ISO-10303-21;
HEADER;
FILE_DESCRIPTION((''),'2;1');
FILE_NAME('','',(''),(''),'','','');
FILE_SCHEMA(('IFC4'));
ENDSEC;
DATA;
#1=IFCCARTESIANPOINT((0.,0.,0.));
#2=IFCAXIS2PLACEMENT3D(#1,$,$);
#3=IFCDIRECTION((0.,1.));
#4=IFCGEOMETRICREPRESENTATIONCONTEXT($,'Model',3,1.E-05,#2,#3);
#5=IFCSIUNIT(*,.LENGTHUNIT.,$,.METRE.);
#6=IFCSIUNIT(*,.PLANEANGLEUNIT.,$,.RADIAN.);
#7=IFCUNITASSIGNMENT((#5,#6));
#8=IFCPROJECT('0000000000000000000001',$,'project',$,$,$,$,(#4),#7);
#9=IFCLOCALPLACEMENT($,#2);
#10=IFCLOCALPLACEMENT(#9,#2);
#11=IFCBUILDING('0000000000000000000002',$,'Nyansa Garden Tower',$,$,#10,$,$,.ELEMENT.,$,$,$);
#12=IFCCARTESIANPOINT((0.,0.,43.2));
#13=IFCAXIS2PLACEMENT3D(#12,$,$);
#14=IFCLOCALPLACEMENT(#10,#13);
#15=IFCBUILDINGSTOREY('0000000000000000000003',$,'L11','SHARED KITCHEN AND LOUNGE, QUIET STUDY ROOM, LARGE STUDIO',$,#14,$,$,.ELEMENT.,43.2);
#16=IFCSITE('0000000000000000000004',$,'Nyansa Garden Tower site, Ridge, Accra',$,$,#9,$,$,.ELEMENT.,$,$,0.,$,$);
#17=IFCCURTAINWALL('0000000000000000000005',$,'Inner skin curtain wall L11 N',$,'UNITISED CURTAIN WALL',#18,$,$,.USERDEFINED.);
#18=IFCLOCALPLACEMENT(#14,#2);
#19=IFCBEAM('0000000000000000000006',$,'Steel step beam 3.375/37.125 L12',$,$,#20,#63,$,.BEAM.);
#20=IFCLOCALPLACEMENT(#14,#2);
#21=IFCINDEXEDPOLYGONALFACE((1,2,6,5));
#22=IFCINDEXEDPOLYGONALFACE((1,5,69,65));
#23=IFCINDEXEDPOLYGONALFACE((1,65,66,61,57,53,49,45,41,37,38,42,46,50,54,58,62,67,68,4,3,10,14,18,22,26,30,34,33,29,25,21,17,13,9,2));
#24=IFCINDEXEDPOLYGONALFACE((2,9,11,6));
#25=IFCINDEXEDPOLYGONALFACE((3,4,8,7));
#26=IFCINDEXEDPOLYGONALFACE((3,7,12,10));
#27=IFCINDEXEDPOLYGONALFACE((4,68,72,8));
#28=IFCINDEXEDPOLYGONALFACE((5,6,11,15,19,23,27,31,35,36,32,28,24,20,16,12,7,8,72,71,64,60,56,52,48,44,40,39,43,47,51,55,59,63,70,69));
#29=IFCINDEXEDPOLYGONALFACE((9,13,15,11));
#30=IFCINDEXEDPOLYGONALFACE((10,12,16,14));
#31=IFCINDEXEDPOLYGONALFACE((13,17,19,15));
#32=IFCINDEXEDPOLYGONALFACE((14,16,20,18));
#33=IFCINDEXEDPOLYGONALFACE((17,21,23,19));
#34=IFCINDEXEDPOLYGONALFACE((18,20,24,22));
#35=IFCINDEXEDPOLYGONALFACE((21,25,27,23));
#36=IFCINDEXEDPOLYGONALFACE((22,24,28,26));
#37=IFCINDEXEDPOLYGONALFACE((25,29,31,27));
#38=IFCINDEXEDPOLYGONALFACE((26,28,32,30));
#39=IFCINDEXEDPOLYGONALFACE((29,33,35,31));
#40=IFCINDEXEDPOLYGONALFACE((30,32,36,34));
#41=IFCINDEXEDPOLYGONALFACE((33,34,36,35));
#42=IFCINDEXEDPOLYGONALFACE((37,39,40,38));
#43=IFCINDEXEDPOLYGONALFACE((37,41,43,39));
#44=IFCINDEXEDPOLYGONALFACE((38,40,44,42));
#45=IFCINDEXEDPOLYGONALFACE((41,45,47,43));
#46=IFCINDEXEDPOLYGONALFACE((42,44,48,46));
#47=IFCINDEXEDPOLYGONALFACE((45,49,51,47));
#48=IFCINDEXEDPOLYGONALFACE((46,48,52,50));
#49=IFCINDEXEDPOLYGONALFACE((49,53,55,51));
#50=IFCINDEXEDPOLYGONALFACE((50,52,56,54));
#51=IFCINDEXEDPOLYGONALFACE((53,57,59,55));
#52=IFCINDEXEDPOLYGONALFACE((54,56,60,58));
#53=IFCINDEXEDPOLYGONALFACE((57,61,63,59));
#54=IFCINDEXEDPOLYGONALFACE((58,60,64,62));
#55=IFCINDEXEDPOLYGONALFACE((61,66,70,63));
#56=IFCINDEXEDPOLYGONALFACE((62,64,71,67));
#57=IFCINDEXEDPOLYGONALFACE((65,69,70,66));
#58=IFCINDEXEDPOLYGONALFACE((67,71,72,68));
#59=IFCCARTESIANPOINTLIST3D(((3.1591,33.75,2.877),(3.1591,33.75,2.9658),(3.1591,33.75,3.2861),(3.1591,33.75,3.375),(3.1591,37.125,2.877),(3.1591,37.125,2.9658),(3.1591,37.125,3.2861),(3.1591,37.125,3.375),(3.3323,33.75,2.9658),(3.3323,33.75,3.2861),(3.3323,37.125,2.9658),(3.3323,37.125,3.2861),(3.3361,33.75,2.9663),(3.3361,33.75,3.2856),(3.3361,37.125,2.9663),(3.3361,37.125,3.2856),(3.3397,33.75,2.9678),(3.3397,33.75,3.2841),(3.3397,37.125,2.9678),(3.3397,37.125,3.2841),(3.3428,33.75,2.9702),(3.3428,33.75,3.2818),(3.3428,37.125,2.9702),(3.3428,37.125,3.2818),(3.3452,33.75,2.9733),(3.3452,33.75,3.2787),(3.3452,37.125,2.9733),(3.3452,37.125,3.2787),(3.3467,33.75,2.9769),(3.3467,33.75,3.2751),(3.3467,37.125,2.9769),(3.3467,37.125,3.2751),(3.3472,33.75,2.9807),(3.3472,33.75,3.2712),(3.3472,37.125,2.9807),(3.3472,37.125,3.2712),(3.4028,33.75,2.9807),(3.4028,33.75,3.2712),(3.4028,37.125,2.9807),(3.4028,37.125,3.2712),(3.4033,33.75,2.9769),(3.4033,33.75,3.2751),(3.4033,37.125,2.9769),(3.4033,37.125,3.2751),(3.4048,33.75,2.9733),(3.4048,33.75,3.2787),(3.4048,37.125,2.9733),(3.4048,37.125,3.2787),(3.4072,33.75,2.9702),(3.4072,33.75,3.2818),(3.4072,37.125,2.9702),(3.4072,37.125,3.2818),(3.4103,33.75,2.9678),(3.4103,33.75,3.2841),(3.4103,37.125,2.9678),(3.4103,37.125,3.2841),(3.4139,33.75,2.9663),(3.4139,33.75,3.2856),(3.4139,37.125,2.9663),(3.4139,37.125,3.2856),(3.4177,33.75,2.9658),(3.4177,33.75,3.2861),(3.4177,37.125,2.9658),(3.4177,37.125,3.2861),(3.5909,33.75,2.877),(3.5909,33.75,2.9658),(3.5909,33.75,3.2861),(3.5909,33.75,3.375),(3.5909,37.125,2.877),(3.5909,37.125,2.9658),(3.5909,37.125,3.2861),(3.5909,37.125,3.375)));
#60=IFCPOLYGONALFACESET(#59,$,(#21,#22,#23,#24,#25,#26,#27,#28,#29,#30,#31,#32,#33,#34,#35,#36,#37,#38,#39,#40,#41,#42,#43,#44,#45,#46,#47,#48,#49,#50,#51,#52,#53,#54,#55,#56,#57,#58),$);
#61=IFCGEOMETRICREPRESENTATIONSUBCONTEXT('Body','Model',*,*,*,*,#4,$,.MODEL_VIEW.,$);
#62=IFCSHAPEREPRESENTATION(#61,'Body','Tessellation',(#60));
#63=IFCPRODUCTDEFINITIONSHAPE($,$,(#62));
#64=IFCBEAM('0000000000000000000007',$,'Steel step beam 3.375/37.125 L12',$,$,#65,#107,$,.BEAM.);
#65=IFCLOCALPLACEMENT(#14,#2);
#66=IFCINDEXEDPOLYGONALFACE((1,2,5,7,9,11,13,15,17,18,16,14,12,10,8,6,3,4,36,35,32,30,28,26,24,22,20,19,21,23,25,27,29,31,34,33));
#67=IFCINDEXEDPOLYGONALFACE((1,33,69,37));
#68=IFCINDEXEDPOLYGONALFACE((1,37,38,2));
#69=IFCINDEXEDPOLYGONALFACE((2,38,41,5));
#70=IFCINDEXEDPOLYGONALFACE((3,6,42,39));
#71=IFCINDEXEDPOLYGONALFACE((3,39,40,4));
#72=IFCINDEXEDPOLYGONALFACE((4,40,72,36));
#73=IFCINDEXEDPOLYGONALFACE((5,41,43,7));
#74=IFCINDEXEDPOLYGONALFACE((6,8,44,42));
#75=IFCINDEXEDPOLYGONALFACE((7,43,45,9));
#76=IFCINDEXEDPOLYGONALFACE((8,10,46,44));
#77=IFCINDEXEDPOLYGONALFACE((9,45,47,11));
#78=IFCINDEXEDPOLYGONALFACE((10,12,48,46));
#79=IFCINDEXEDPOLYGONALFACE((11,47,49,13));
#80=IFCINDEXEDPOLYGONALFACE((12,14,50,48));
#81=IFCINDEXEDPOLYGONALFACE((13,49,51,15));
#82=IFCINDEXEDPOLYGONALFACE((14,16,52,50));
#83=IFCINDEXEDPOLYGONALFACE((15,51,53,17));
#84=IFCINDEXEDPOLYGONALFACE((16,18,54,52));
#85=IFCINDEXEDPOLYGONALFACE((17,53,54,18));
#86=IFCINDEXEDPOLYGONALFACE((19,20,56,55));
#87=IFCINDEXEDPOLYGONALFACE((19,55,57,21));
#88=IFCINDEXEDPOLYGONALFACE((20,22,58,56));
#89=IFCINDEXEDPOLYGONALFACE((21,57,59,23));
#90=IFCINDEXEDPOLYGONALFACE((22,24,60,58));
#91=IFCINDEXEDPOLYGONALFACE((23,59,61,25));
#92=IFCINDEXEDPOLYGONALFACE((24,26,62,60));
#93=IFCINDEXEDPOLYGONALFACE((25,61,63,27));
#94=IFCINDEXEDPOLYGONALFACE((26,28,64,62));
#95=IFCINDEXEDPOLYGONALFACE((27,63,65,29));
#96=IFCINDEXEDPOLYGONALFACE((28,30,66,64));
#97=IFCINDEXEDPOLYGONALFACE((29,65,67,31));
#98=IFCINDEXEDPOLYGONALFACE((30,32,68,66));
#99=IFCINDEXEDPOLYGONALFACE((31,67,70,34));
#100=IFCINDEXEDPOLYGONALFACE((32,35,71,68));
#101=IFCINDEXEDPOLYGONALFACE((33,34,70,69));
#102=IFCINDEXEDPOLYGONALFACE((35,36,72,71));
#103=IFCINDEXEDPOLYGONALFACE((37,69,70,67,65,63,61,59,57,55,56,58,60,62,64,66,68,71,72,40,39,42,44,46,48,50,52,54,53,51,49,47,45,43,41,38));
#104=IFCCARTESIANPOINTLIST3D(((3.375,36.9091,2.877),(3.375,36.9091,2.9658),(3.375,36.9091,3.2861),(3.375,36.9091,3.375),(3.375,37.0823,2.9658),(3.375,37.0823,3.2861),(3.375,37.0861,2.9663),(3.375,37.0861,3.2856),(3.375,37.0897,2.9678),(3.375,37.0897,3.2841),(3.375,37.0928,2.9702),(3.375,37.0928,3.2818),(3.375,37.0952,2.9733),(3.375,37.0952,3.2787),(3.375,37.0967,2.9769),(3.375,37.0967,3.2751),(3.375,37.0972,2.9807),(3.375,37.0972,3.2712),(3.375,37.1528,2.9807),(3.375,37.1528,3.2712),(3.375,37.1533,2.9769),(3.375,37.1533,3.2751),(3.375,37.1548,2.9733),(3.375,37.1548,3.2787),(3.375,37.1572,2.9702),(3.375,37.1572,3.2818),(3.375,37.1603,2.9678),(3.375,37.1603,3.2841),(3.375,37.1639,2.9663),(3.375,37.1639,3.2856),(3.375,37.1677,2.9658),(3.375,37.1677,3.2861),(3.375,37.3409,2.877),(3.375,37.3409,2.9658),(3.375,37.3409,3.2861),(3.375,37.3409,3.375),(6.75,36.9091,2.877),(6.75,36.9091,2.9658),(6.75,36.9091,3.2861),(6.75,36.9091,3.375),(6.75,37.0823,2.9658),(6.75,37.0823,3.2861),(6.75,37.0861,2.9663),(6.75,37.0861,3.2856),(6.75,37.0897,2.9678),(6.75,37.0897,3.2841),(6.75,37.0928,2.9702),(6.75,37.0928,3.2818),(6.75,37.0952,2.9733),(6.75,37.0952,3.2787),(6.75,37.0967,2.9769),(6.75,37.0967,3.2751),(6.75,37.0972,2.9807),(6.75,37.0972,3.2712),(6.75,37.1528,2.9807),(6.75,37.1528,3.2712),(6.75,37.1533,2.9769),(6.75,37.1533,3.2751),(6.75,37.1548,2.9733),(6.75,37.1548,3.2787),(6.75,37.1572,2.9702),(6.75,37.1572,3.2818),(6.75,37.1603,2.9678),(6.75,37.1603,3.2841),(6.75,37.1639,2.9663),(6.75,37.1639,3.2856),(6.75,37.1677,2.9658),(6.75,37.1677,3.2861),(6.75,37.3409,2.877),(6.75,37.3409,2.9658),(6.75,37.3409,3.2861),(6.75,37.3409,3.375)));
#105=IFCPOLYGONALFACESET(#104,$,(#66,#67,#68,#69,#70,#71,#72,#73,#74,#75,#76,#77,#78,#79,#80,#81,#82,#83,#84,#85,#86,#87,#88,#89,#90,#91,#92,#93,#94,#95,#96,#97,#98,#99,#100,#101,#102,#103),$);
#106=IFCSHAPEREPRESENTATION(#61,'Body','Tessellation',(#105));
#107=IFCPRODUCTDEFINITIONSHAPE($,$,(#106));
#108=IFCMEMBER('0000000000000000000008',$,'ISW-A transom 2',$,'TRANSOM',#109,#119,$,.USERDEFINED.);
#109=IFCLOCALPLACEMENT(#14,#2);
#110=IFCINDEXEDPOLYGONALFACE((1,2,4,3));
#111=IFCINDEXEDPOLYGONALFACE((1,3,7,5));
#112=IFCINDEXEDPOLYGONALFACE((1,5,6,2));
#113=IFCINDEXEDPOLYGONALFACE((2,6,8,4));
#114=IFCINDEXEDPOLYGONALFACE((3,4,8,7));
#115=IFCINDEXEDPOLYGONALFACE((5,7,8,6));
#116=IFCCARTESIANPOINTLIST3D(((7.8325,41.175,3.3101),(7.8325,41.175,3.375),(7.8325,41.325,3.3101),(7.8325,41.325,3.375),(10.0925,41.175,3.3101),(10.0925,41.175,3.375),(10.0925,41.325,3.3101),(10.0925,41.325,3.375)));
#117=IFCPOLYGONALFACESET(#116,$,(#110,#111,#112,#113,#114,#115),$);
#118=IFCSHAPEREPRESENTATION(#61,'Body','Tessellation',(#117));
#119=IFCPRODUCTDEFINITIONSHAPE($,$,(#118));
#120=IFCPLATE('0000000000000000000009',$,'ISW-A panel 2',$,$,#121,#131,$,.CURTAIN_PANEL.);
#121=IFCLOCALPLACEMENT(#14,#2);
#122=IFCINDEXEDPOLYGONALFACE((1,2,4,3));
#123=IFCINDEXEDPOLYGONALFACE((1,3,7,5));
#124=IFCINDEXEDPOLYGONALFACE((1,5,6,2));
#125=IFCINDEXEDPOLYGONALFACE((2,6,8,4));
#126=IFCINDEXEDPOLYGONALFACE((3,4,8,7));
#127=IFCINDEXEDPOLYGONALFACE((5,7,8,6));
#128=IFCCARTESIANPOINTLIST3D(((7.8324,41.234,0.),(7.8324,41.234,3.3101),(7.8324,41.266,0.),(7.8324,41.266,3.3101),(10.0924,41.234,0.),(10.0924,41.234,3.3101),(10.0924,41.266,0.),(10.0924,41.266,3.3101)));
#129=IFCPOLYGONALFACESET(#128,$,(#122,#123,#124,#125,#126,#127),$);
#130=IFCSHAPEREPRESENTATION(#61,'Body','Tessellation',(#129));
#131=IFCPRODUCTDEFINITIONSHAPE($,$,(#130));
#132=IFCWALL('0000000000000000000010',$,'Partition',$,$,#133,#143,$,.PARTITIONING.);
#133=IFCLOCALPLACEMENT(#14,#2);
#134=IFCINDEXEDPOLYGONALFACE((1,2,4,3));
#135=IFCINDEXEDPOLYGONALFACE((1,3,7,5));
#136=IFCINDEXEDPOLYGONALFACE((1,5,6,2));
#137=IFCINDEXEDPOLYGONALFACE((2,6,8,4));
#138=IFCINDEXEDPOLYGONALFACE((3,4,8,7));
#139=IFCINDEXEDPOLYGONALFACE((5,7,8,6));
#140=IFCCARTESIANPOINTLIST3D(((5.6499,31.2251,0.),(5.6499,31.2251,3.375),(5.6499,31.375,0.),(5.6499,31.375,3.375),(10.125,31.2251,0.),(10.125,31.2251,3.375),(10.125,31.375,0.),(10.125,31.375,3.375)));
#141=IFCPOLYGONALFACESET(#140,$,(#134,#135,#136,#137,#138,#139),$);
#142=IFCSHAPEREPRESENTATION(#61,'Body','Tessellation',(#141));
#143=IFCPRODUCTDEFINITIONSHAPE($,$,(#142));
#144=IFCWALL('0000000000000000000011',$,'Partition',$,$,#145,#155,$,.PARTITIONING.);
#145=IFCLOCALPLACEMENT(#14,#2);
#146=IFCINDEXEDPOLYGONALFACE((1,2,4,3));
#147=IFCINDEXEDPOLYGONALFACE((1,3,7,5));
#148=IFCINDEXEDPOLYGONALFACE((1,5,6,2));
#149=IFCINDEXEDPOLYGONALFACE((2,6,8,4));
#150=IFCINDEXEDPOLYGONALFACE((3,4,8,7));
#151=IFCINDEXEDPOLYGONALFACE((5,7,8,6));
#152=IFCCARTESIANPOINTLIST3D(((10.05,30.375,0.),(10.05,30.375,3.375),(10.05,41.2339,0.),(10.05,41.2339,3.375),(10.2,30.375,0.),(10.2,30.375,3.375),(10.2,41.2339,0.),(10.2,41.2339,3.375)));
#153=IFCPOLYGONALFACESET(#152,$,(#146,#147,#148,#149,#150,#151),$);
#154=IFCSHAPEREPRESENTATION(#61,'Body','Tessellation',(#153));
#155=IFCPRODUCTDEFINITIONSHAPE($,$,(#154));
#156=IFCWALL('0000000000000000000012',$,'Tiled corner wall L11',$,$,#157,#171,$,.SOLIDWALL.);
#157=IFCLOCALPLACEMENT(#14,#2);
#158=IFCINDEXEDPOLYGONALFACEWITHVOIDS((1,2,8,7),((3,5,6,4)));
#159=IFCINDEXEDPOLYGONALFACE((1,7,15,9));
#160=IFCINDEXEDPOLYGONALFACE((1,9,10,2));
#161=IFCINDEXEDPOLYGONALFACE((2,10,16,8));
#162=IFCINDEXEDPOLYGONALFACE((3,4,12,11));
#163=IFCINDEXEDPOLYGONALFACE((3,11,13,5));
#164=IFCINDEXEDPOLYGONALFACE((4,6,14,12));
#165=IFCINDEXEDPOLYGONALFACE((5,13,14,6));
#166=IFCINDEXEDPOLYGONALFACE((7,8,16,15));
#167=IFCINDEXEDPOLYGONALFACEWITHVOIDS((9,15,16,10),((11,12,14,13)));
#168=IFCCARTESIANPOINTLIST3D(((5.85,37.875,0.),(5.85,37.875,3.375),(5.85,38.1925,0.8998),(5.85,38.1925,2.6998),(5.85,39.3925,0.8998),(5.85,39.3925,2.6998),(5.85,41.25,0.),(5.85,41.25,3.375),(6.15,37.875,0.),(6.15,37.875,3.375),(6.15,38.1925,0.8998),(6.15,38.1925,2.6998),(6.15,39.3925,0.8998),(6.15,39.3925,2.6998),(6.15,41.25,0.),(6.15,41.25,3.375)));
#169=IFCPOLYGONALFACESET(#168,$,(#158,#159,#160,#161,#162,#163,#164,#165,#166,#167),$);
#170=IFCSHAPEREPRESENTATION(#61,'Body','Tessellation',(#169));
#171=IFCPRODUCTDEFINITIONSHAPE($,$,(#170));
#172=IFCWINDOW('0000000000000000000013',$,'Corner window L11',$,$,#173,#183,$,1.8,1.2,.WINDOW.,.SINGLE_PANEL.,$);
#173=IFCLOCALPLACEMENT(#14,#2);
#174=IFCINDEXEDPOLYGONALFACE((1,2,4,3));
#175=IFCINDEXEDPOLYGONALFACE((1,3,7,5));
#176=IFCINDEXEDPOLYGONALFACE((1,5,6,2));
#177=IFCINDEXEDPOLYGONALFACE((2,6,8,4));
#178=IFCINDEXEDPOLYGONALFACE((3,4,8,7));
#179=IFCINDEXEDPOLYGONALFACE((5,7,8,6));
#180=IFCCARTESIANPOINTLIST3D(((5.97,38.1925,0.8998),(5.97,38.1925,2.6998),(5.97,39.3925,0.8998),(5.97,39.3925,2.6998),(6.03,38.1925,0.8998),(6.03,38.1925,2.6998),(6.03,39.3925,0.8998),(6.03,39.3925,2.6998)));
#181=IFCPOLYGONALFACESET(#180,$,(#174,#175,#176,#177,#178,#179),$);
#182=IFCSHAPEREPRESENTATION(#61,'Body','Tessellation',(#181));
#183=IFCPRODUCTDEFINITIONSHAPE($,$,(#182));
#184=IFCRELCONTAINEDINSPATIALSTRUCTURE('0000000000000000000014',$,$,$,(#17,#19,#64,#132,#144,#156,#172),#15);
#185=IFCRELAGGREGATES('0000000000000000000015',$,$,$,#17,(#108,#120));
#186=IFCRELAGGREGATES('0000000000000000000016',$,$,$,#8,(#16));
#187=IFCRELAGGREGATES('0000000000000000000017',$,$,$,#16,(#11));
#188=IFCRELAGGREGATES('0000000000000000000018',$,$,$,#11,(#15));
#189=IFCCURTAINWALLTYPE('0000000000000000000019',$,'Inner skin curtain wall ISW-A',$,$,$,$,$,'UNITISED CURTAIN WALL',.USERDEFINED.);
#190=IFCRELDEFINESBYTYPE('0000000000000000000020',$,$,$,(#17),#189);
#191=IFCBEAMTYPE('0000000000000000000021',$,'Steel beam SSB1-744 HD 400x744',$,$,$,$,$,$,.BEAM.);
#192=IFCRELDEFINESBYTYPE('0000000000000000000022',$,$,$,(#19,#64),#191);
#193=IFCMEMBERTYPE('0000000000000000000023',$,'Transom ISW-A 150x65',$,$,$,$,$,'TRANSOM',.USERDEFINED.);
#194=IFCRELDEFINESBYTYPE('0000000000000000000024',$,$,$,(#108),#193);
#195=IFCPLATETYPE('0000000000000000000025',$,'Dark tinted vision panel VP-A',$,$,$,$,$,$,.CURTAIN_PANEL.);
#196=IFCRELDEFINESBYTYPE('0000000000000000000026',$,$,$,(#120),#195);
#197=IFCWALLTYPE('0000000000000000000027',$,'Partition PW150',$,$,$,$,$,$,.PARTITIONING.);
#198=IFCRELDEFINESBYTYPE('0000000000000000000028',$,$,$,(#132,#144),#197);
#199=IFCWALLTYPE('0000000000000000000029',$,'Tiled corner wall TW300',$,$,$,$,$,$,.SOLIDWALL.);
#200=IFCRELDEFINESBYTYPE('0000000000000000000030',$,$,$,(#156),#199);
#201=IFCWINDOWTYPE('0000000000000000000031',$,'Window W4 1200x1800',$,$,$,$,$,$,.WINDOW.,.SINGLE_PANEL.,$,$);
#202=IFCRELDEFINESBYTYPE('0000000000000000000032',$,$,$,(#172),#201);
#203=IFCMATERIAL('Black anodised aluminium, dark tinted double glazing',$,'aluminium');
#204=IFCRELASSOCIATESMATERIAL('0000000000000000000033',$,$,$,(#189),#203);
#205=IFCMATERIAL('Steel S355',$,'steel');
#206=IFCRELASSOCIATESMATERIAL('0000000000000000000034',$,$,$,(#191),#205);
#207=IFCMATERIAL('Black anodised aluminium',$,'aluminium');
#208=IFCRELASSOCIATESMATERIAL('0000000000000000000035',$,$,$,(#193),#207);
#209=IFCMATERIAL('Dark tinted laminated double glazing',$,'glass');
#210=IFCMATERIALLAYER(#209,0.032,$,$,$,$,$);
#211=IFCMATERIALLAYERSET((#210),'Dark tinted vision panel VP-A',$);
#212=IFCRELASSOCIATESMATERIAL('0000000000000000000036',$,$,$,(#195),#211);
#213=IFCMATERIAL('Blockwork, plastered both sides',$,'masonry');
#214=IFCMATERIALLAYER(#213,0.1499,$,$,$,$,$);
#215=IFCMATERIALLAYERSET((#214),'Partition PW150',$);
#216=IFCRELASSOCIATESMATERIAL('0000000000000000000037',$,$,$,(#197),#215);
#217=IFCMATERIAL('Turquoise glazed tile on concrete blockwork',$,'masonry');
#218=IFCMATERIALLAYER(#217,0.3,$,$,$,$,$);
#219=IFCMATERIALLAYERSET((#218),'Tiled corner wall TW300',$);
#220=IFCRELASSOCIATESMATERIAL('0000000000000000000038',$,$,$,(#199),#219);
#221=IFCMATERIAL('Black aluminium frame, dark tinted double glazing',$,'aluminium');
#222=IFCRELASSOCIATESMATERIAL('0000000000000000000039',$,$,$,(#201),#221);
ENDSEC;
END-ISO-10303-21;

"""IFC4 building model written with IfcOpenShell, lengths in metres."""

from ifc_helpers import new_model, si_unit, direction, frame, frame_2d, origin, origin_2d, place, context, subcontext, project, spatial, rectangle, i_section, extrude, material, layer, layer_set, material_profile, profile_set, type_object, element, fill, aggregate, save


model = new_model("IFC4")

# Units and contexts
model_context = context("Model", 3, precision=1e-05, world=origin(), true_north=direction((0.0, 1.0)))
body_context = subcontext(model_context, "Body", "Model", "MODEL_VIEW")
ifc_project = project(units=[si_unit("LENGTHUNIT", "METRE"), si_unit("PLANEANGLEUNIT", "RADIAN")], contexts=[model_context])

# Site, building, storey
site_placement = place(None, origin())
site = spatial("IfcSite", under=ifc_project, at=site_placement, Name="Nyansa Garden Tower site, Ridge, Accra", CompositionType="ELEMENT", RefElevation=0.0)
building_placement = place(site_placement, origin())
building = spatial("IfcBuilding", under=site, at=building_placement, Name="Nyansa Garden Tower", CompositionType="ELEMENT")
storey_placement = place(building_placement, frame((0.0, 0.0, 43.2)))
storey = spatial("IfcBuildingStorey", under=building, at=storey_placement, Name="L11", Description="SHARED KITCHEN AND LOUNGE, QUIET STUDY ROOM, LARGE STUDIO", CompositionType="ELEMENT", Elevation=43.2)

# Curtain wall
ifc_material_1 = material(Name="Black anodised aluminium, dark tinted double glazing", Category="aluminium")
curtain_wall_type = type_object("IfcCurtainWallType", Name="Inner skin curtain wall ISW-A", ElementType="UNITISED CURTAIN WALL", PredefinedType="USERDEFINED", material=ifc_material_1)
curtain_wall_placement = place(storey_placement, origin())
curtain_wall = element("IfcCurtainWall", 1, at=curtain_wall_placement, inside=storey, type_object=curtain_wall_type, Name="Inner skin curtain wall L11 N", ObjectType="UNITISED CURTAIN WALL", PredefinedType="USERDEFINED")

# Beams
ifc_material_2 = material(Name="Steel S355", Category="steel")
ifc_material_profile_1 = material_profile(ifc_material_2, i_section(OverallWidth=0.4319, OverallDepth=0.498, WebThickness=0.0557, FlangeThickness=0.0889, FilletRadius=0.0149, at=origin_2d()), Name="HD 400x744")
ifc_profile_set_1 = profile_set([ifc_material_profile_1], Name="Steel S355")
beam_type_1 = type_object("IfcBeamType", Name="Steel beam SSB1-744 HD 400x744", PredefinedType="BEAM", material=ifc_profile_set_1)
for number, where, z_axis, x_axis, name in (
    (2, (3.375, 37.125, 3.126), (0.0, -1.0, 0.0), (1.0, 0.0, 0.0), "Steel step beam 3.375/37.125 L12"),
    (3, (3.375, 37.125, 3.126), (1.0, 0.0, 0.0), (0.0, 1.0, 0.0), "Steel step beam 3.375/37.125 L12"),
):
    element("IfcBeam", number, at=place(storey_placement, frame(where, z_axis=z_axis, x_axis=x_axis)), inside=storey, type_object=beam_type_1, Name=name, PredefinedType="BEAM", context=body_context, shape_type="SweptSolid", body=[
        extrude(i_section(OverallWidth=0.4319, OverallDepth=0.498, WebThickness=0.0557, FlangeThickness=0.0889, FilletRadius=0.0149, at=origin_2d()), origin(), (0.0, 0.0, 1.0), 3.375),
    ])

# Member
ifc_material_3 = material(Name="Black anodised aluminium", Category="aluminium")
ifc_material_profile_2 = material_profile(ifc_material_3, rectangle(XDim=0.1499, YDim=0.0649, at=origin_2d()), Name="Transom 150x65")
ifc_profile_set_2 = profile_set([ifc_material_profile_2], Name="Black anodised aluminium")
member_type_1 = type_object("IfcMemberType", Name="Transom ISW-A 150x65", ElementType="TRANSOM", PredefinedType="USERDEFINED", material=ifc_profile_set_2)
member_1_placement = place(storey_placement, frame((10.0925, 41.25, 3.3425), z_axis=(-1.0, 0.0, 0.0), x_axis=(0.0, -1.0, 0.0)))
member_1 = element("IfcMember", 4, at=member_1_placement, type_object=member_type_1, Name="ISW-A transom 2", ObjectType="TRANSOM", PredefinedType="USERDEFINED", context=body_context, shape_type="SweptSolid", body=[
    extrude(rectangle(XDim=0.1499, YDim=0.0649, at=origin_2d()), origin(), (0.0, 0.0, 1.0), 2.26),
])

# Plate
ifc_material_4 = material(Name="Dark tinted laminated double glazing", Category="glass")
ifc_layer_1 = layer(ifc_material_4, 0.032)
ifc_layer_set_1 = layer_set([ifc_layer_1], Name="Dark tinted vision panel VP-A")
plate_type = type_object("IfcPlateType", Name="Dark tinted vision panel VP-A", PredefinedType="CURTAIN_PANEL", material=ifc_layer_set_1)
plate_placement = place(storey_placement, frame((8.9624, 41.25, 0.0), z_axis=(0.0, 0.0, 1.0), x_axis=(-1.0, 0.0, 0.0)))
plate = element("IfcPlate", 5, at=plate_placement, type_object=plate_type, Name="ISW-A panel 2", PredefinedType="CURTAIN_PANEL", context=body_context, shape_type="SweptSolid", body=[
    extrude(rectangle(XDim=2.26, YDim=0.032, at=origin_2d()), origin(), (0.0, 0.0, 1.0), 3.3101),
])
aggregate(curtain_wall, [member_1, plate])

# Walls
ifc_material_5 = material(Name="Blockwork, plastered both sides", Category="masonry")
ifc_layer_2 = layer(ifc_material_5, 0.1499)
ifc_layer_set_2 = layer_set([ifc_layer_2], Name="Partition PW150")
wall_type_1 = type_object("IfcWallType", Name="Partition PW150", PredefinedType="PARTITIONING", material=ifc_layer_set_2)
wall_1_placement = place(storey_placement, frame((5.6499, 31.3, 0.0), z_axis=(0.0, 0.0, 1.0), x_axis=(1.0, 0.0, 0.0)))
element("IfcWall", 6, at=wall_1_placement, inside=storey, type_object=wall_type_1, Name="Partition", PredefinedType="PARTITIONING", context=body_context, shape_type="SweptSolid", body=[
    extrude(rectangle(XDim=4.4751, YDim=0.1499, at=frame_2d((2.2375, 0.0))), origin(), (0.0, 0.0, 1.0), 3.375),
])
wall_2_placement = place(storey_placement, frame((10.125, 30.375, 0.0), z_axis=(0.0, 0.0, 1.0), x_axis=(0.0, 1.0, 0.0)))
element("IfcWall", 7, at=wall_2_placement, inside=storey, type_object=wall_type_1, Name="Partition", PredefinedType="PARTITIONING", context=body_context, shape_type="SweptSolid", body=[
    extrude(rectangle(XDim=10.8589, YDim=0.1499, at=frame_2d((5.4294, 0.0))), origin(), (0.0, 0.0, 1.0), 3.375),
])

# Wall, opening, window
ifc_material_6 = material(Name="Turquoise glazed tile on concrete blockwork", Category="masonry")
ifc_layer_3 = layer(ifc_material_6, 0.3)
ifc_layer_set_3 = layer_set([ifc_layer_3], Name="Tiled corner wall TW300")
wall_type_2 = type_object("IfcWallType", Name="Tiled corner wall TW300", PredefinedType="SOLIDWALL", material=ifc_layer_set_3)
wall_3_placement = place(storey_placement, frame((6.0, 41.25, 0.0), z_axis=(0.0, 0.0, 1.0), x_axis=(0.0, -1.0, 0.0)))
wall_3 = element("IfcWall", 8, at=wall_3_placement, inside=storey, type_object=wall_type_2, Name="Tiled corner wall L11", PredefinedType="SOLIDWALL", context=body_context, shape_type="SweptSolid", body=[
    extrude(rectangle(XDim=3.375, YDim=0.3, at=frame_2d((1.6875, 0.0))), origin(), (0.0, 0.0, 1.0), 3.375),
])
opening_1_placement = place(wall_3_placement, frame((1.8574, 0.0, 0.8999)))
opening_1 = element("IfcOpeningElement", 9, at=opening_1_placement, cuts=wall_3, PredefinedType="OPENING", context=body_context, shape_type="SweptSolid", body=[
    extrude(rectangle(XDim=1.2, YDim=1.8, at=frame_2d((0.6001, 0.8999))), frame((0.0, 0.1599, 0.0), z_axis=(0.0, -1.0, 0.0), x_axis=(1.0, 0.0, 0.0)), (0.0, 0.0, 1.0), 0.3201),
])
ifc_material_7 = material(Name="Black aluminium frame, dark tinted double glazing", Category="aluminium")
window_type_1 = type_object("IfcWindowType", Name="Window W4 1200x1800", PartitioningType="SINGLE_PANEL", PredefinedType="WINDOW", material=ifc_material_7)
window_1_placement = place(opening_1_placement, origin())
window_1 = element("IfcWindow", 10, at=window_1_placement, inside=storey, type_object=window_type_1, Name="Corner window L11", OverallHeight=1.8, OverallWidth=1.2, PartitioningType="SINGLE_PANEL", PredefinedType="WINDOW", context=body_context, shape_type="SweptSolid", body=[
    extrude(rectangle(XDim=1.2, YDim=1.8, at=frame_2d((0.6001, 0.8999))), frame((0.0, 0.03, 0.0), z_axis=(0.0, -1.0, 0.0), x_axis=(1.0, 0.0, 0.0)), (0.0, 0.0, 1.0), 0.0601),
])
fill(opening_1, window_1)

save(model, "model.ifc")
